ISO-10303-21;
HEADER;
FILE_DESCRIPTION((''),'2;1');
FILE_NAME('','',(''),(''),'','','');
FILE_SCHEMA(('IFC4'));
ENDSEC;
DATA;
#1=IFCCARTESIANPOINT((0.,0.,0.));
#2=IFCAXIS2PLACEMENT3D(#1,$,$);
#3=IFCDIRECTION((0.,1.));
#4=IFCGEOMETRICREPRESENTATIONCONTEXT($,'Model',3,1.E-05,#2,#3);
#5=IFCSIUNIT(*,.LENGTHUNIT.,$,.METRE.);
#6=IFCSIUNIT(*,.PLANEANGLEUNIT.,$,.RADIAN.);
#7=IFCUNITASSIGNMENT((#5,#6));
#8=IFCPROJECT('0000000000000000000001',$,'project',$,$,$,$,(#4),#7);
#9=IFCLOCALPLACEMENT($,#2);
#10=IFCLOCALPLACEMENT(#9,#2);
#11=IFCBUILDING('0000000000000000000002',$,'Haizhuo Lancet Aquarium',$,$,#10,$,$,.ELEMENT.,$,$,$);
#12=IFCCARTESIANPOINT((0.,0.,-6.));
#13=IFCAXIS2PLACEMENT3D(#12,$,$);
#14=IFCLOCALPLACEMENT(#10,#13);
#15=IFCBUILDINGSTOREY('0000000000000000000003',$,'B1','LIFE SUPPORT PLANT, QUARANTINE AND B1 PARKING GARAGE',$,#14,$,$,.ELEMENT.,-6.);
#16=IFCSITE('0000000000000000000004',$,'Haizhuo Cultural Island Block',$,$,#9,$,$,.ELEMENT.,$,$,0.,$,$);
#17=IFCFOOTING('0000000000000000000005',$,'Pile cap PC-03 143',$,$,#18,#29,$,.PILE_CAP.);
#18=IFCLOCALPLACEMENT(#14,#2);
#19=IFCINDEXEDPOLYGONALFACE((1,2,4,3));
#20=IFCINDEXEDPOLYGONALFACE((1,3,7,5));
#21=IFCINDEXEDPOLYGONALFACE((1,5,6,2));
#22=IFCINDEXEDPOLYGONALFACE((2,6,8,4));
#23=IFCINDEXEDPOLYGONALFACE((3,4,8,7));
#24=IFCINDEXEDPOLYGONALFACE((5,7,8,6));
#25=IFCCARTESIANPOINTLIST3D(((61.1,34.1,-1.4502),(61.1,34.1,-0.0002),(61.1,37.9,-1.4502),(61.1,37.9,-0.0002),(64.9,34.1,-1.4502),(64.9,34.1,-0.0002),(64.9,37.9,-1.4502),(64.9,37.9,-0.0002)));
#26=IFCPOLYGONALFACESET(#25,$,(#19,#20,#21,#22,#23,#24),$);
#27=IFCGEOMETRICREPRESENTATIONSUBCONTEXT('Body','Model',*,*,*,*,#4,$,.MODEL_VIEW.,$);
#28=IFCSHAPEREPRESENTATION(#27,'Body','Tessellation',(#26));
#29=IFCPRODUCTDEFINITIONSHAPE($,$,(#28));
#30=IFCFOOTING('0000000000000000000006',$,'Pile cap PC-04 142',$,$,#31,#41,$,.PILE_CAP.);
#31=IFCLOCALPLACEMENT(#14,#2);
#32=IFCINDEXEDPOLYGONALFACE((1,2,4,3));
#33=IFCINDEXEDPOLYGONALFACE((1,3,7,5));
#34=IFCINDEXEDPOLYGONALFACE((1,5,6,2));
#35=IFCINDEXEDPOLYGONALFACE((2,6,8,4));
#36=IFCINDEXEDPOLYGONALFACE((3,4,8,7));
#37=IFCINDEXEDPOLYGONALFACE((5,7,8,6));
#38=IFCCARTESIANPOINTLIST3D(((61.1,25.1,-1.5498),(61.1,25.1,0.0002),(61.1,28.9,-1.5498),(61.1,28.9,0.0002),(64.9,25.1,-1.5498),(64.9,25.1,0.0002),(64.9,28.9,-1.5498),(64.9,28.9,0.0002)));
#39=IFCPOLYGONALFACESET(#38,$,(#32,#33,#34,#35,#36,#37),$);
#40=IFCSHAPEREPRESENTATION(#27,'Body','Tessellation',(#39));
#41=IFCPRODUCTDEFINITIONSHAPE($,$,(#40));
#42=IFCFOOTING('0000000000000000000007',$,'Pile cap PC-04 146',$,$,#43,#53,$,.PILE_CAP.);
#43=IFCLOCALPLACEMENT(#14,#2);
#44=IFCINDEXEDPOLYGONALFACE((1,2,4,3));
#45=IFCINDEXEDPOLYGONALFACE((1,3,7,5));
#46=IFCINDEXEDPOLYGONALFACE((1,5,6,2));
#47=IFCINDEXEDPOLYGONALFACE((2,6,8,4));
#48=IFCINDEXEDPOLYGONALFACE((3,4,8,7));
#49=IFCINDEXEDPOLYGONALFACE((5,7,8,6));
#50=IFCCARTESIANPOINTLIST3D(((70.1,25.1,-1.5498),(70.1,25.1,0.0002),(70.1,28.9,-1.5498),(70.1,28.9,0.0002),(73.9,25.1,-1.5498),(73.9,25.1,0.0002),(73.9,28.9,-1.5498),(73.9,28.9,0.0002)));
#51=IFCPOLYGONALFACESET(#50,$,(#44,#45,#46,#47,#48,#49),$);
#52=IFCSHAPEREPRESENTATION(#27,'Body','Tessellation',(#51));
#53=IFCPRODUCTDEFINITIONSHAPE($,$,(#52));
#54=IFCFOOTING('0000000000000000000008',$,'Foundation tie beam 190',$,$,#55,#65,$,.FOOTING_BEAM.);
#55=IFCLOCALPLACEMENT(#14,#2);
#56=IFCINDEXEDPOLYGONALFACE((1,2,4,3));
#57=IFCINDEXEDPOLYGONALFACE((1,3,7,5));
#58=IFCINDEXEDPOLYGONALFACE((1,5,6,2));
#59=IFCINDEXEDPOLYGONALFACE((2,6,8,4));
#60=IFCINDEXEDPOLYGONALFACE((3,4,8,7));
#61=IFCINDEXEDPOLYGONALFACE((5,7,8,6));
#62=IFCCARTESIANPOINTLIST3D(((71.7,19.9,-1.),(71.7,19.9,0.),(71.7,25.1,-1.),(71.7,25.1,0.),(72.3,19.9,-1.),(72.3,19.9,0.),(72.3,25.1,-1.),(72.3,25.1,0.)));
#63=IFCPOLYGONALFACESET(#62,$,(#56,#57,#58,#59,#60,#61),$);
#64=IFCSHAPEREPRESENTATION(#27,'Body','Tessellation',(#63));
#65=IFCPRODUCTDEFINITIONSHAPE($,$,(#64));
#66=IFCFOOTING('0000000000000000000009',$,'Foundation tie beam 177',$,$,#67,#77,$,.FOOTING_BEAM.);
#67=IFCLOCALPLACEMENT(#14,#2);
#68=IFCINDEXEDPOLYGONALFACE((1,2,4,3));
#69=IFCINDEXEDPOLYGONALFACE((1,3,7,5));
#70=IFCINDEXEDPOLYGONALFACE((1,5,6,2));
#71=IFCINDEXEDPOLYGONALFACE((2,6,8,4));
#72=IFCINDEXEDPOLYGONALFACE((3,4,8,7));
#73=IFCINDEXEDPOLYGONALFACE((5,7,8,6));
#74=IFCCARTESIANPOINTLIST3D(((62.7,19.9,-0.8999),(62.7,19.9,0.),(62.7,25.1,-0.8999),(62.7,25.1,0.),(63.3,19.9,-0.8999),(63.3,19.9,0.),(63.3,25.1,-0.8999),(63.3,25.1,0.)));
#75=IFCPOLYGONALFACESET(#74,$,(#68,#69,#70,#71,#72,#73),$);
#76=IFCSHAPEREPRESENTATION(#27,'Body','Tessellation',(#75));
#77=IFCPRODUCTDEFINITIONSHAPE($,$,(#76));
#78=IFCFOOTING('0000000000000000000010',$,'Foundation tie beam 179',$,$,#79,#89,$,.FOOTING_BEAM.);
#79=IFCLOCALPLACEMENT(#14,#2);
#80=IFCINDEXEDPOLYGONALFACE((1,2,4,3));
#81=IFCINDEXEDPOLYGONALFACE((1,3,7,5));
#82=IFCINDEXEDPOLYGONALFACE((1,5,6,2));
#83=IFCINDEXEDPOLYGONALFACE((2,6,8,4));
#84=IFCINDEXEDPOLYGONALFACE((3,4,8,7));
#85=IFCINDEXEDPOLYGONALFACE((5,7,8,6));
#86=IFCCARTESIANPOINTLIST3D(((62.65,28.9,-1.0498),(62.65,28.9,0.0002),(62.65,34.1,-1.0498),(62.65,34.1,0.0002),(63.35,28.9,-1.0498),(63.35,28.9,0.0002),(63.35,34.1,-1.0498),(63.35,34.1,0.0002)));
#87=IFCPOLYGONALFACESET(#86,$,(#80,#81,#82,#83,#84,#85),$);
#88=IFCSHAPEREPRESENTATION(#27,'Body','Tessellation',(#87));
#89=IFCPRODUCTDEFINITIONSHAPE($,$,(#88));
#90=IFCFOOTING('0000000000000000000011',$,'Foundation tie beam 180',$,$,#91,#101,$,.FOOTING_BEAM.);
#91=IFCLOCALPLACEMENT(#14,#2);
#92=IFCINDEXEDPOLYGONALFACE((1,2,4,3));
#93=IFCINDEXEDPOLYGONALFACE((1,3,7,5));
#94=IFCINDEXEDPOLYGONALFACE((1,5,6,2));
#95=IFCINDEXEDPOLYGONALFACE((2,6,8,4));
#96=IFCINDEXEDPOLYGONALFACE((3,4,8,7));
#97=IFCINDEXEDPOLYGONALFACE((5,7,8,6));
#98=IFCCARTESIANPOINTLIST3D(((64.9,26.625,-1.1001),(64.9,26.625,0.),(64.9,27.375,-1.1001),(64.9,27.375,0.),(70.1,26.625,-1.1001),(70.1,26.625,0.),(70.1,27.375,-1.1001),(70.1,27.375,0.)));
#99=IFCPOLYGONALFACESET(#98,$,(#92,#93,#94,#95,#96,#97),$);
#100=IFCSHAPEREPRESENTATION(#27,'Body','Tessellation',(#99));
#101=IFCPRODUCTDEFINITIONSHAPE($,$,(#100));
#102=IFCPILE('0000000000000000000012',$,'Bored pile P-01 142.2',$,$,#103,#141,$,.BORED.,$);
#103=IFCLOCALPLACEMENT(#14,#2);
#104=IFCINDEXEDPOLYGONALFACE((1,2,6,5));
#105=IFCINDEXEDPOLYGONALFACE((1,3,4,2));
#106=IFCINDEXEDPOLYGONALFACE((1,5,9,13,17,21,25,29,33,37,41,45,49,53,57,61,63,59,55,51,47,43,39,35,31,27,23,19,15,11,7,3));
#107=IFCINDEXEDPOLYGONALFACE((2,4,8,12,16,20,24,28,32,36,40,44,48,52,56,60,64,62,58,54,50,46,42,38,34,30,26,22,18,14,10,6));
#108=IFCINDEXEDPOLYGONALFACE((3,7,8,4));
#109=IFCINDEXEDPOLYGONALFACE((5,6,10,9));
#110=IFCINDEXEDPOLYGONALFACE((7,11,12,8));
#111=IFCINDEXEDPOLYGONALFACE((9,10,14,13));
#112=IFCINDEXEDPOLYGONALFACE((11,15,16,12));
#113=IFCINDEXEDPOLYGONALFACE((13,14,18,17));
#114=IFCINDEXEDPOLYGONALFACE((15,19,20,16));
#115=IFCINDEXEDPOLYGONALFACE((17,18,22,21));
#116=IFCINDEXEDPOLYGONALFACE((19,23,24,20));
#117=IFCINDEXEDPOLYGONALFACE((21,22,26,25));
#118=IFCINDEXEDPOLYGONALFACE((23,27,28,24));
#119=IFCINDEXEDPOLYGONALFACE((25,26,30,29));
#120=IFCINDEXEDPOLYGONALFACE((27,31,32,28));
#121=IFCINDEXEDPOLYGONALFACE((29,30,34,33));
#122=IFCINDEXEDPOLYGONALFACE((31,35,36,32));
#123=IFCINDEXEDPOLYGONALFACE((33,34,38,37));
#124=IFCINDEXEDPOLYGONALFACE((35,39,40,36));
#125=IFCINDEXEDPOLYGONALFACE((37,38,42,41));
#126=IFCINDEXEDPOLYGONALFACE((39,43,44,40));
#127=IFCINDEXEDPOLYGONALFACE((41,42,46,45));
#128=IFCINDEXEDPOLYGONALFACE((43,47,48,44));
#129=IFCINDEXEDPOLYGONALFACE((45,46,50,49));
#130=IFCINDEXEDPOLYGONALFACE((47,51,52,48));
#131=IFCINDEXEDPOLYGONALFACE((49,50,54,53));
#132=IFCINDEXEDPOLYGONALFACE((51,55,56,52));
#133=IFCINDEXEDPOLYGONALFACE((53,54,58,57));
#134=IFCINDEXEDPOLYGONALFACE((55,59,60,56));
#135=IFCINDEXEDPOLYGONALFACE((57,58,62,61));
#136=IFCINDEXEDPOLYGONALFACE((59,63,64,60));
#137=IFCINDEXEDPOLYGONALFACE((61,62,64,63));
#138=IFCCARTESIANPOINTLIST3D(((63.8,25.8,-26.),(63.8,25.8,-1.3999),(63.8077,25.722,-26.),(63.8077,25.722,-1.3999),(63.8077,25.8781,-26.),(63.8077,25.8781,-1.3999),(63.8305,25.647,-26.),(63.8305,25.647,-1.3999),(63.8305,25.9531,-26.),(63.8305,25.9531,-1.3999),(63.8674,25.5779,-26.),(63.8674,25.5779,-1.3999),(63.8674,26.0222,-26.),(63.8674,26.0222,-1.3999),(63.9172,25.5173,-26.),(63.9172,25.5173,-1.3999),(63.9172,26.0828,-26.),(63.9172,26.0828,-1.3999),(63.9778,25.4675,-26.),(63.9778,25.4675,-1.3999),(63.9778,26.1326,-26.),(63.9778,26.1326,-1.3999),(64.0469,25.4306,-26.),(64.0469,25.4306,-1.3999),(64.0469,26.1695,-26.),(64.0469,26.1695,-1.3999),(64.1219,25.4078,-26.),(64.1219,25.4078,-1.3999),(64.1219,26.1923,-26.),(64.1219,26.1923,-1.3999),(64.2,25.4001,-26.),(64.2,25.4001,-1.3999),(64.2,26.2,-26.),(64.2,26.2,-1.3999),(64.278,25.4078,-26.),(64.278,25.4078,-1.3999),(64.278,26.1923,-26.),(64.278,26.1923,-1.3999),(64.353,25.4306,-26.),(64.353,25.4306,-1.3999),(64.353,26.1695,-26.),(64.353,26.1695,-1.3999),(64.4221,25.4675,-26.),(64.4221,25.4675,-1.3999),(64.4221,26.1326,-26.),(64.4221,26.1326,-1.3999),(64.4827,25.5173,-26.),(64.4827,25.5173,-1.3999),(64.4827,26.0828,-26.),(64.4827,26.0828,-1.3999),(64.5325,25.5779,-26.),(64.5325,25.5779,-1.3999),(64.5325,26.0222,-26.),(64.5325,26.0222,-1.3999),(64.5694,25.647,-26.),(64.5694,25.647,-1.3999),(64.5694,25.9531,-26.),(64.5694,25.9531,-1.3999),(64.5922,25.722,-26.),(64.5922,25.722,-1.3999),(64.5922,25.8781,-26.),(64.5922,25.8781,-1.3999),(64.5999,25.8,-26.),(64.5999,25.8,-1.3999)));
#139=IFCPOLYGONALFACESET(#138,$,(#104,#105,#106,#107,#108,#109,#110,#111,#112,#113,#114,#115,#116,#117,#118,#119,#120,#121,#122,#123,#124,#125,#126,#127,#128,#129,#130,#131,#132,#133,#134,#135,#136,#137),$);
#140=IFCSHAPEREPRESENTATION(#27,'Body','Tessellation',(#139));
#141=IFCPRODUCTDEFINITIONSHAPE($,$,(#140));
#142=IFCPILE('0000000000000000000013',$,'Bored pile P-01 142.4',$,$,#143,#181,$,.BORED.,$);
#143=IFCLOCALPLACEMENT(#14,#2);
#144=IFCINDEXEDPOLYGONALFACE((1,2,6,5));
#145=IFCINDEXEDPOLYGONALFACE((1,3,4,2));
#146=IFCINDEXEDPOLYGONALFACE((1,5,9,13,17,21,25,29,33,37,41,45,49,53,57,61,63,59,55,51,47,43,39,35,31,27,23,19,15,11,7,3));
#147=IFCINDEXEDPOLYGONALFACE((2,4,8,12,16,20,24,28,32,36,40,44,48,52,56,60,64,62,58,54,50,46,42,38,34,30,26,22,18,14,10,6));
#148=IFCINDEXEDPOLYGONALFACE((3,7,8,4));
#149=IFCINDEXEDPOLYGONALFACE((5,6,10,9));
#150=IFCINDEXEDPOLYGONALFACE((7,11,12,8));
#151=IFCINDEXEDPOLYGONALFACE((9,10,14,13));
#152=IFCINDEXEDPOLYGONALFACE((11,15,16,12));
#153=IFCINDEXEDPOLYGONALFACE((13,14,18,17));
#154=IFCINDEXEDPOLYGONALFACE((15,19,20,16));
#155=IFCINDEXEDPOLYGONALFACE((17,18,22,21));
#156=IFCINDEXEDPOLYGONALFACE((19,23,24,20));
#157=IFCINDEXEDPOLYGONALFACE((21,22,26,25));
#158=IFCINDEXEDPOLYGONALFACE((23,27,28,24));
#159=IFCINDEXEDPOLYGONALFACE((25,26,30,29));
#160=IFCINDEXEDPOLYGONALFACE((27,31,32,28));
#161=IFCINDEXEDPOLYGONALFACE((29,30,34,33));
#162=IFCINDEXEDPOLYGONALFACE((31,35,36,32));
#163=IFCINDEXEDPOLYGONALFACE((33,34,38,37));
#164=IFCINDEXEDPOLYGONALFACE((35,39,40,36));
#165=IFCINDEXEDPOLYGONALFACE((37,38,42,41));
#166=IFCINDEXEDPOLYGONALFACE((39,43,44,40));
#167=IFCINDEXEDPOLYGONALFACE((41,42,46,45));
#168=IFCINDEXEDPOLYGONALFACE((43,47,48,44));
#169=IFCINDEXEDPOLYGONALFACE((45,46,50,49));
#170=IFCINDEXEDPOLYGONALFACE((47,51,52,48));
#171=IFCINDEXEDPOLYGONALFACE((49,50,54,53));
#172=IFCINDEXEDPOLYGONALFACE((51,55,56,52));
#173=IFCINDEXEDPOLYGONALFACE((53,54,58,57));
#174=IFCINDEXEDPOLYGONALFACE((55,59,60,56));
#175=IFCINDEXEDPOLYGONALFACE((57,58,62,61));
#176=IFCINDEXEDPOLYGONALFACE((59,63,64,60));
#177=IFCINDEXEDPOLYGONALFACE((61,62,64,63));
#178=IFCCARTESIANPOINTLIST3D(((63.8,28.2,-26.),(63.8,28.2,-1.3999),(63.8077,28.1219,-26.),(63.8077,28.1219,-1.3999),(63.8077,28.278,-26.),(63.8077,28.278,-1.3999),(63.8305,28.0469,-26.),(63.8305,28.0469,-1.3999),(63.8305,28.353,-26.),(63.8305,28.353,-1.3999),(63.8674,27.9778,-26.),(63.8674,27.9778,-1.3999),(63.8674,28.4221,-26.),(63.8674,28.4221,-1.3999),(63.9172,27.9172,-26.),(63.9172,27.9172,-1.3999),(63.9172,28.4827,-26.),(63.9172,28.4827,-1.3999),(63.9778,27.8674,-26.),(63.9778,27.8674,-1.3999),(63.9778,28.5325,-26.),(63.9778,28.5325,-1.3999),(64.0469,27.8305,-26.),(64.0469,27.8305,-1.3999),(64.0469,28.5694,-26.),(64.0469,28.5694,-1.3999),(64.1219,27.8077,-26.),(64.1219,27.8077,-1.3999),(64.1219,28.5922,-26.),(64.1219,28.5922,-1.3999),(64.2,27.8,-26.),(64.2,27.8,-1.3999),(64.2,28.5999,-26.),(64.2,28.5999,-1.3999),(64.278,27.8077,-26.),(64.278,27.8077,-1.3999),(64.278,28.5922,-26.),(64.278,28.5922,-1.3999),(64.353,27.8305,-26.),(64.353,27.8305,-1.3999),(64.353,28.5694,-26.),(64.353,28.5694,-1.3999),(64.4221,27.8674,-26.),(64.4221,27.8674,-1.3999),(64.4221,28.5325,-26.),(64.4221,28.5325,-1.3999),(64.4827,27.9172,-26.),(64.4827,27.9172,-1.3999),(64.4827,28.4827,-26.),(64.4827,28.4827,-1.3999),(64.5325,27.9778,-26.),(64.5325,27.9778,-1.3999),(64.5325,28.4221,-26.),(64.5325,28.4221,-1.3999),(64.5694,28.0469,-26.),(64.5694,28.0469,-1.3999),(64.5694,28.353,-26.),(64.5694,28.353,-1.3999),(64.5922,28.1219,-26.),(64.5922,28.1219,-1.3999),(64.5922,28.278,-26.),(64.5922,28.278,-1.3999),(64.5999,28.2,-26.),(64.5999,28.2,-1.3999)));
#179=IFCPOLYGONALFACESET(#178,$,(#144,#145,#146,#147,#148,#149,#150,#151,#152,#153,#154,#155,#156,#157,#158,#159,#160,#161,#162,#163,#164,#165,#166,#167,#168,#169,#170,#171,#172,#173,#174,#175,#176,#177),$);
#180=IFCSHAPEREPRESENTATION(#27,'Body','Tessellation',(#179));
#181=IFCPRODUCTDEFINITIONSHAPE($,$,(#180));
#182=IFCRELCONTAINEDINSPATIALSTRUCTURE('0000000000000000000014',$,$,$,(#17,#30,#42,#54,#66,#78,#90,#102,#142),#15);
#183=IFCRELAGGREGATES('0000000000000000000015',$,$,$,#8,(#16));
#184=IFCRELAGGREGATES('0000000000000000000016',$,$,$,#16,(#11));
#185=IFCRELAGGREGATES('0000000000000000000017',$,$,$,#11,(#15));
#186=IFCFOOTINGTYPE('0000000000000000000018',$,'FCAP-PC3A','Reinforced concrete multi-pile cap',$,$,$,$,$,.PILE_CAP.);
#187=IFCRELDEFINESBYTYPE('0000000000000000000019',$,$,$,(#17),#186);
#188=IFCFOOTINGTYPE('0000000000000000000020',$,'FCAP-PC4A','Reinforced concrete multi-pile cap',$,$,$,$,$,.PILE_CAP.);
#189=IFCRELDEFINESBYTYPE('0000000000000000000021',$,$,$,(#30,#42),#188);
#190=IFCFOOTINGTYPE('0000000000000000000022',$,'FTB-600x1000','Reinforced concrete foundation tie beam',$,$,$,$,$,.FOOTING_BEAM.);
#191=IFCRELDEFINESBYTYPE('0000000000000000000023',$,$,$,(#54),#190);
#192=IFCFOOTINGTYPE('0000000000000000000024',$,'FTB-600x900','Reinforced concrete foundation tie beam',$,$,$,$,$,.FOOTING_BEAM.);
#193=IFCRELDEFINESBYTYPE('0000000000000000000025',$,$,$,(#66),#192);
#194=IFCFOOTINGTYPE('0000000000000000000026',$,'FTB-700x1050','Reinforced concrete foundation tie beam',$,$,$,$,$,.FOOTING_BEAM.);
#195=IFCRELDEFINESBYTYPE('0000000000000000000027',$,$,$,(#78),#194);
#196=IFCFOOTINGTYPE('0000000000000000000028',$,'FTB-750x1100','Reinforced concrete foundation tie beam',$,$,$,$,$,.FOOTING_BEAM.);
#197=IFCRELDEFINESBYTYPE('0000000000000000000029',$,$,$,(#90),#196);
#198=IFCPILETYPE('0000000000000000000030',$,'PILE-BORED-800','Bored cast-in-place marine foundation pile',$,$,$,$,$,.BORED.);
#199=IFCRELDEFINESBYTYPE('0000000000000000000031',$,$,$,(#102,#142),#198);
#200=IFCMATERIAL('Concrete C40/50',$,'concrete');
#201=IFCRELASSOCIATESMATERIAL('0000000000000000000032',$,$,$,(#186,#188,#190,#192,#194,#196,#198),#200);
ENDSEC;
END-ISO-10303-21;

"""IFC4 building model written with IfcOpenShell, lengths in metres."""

from ifc_helpers import new_model, si_unit, direction, frame, origin, origin_2d, place, context, subcontext, project, spatial, rectangle, circle, extrude, material, material_profile, profile_set, type_object, element, save


model = new_model("IFC4")

# Units and contexts
model_context = context("Model", 3, precision=1e-05, world=origin(), true_north=direction((0.0, 1.0)))
body_context = subcontext(model_context, "Body", "Model", "MODEL_VIEW")
ifc_project = project(units=[si_unit("LENGTHUNIT", "METRE"), si_unit("PLANEANGLEUNIT", "RADIAN")], contexts=[model_context])

# Site, building, storey
site_placement = place(None, origin())
site = spatial("IfcSite", under=ifc_project, at=site_placement, Name="Haizhuo Cultural Island Block", CompositionType="ELEMENT", RefElevation=0.0)
building_placement = place(site_placement, origin())
building = spatial("IfcBuilding", under=site, at=building_placement, Name="Haizhuo Lancet Aquarium", CompositionType="ELEMENT")
storey_placement = place(building_placement, frame((0.0, 0.0, -6.0)))
storey = spatial("IfcBuildingStorey", under=building, at=storey_placement, Name="B1", Description="LIFE SUPPORT PLANT, QUARANTINE AND B1 PARKING GARAGE", CompositionType="ELEMENT", Elevation=-6.0)

# Footings
ifc_material_1 = material(Name="Concrete C40/50", Category="concrete")
footing_type_1 = type_object("IfcFootingType", Name="FCAP-PC3A", Description="Reinforced concrete multi-pile cap", PredefinedType="PILE_CAP", material=ifc_material_1)
footing_1_placement = place(storey_placement, frame((63.0, 36.0, -1.4502), z_axis=(0.0, 0.0, 1.0), x_axis=(1.0, 0.0, 0.0)))
element("IfcFooting", 1, at=footing_1_placement, inside=storey, type_object=footing_type_1, Name="Pile cap PC-03 143", PredefinedType="PILE_CAP", context=body_context, shape_type="SweptSolid", body=[
    extrude(rectangle(XDim=3.8, YDim=3.8, at=origin_2d()), origin(), (0.0, 0.0, 1.0), 1.45),
])
footing_type_2 = type_object("IfcFootingType", Name="FCAP-PC4A", Description="Reinforced concrete multi-pile cap", PredefinedType="PILE_CAP", material=ifc_material_1)
for number, where, z_axis, x_axis, name in (
    (2, (63.0, 27.0, -1.5498), (0.0, 0.0, 1.0), (1.0, 0.0, 0.0), "Pile cap PC-04 142"),
    (3, (72.0, 27.0, -1.5498), (0.0, 0.0, 1.0), (1.0, 0.0, 0.0), "Pile cap PC-04 146"),
):
    element("IfcFooting", number, at=place(storey_placement, frame(where, z_axis=z_axis, x_axis=x_axis)), inside=storey, type_object=footing_type_2, Name=name, PredefinedType="PILE_CAP", context=body_context, shape_type="SweptSolid", body=[
        extrude(rectangle(XDim=3.8, YDim=3.8, at=origin_2d()), origin(), (0.0, 0.0, 1.0), 1.55),
    ])
footing_type_3 = type_object("IfcFootingType", Name="FTB-600x1000", Description="Reinforced concrete foundation tie beam", PredefinedType="FOOTING_BEAM", material=ifc_material_1)
footing_2_placement = place(storey_placement, frame((72.0, 22.5, -1.0), z_axis=(0.0, 0.0, 1.0), x_axis=(0.0, 1.0, 0.0)))
element("IfcFooting", 4, at=footing_2_placement, inside=storey, type_object=footing_type_3, Name="Foundation tie beam 190", PredefinedType="FOOTING_BEAM", context=body_context, shape_type="SweptSolid", body=[
    extrude(rectangle(XDim=5.2, YDim=0.6001, at=origin_2d()), origin(), (0.0, 0.0, 1.0), 1.0),
])
footing_type_4 = type_object("IfcFootingType", Name="FTB-600x900", Description="Reinforced concrete foundation tie beam", PredefinedType="FOOTING_BEAM", material=ifc_material_1)
footing_3_placement = place(storey_placement, frame((63.0, 22.5, -0.8999), z_axis=(0.0, 0.0, 1.0), x_axis=(0.0, 1.0, 0.0)))
element("IfcFooting", 5, at=footing_3_placement, inside=storey, type_object=footing_type_4, Name="Foundation tie beam 177", PredefinedType="FOOTING_BEAM", context=body_context, shape_type="SweptSolid", body=[
    extrude(rectangle(XDim=5.2, YDim=0.6001, at=origin_2d()), origin(), (0.0, 0.0, 1.0), 0.8999),
])
footing_type_5 = type_object("IfcFootingType", Name="FTB-700x1050", Description="Reinforced concrete foundation tie beam", PredefinedType="FOOTING_BEAM", material=ifc_material_1)
footing_4_placement = place(storey_placement, frame((63.0, 31.5, -1.0498), z_axis=(0.0, 0.0, 1.0), x_axis=(0.0, 1.0, 0.0)))
element("IfcFooting", 6, at=footing_4_placement, inside=storey, type_object=footing_type_5, Name="Foundation tie beam 179", PredefinedType="FOOTING_BEAM", context=body_context, shape_type="SweptSolid", body=[
    extrude(rectangle(XDim=5.2, YDim=0.7, at=origin_2d()), origin(), (0.0, 0.0, 1.0), 1.05),
])
footing_type_6 = type_object("IfcFootingType", Name="FTB-750x1100", Description="Reinforced concrete foundation tie beam", PredefinedType="FOOTING_BEAM", material=ifc_material_1)
footing_5_placement = place(storey_placement, frame((67.5, 27.0, -1.1001), z_axis=(0.0, 0.0, 1.0), x_axis=(1.0, 0.0, 0.0)))
element("IfcFooting", 7, at=footing_5_placement, inside=storey, type_object=footing_type_6, Name="Foundation tie beam 180", PredefinedType="FOOTING_BEAM", context=body_context, shape_type="SweptSolid", body=[
    extrude(rectangle(XDim=5.2, YDim=0.75, at=origin_2d()), origin(), (0.0, 0.0, 1.0), 1.1001),
])

# Piles
ifc_material_profile_1 = material_profile(ifc_material_1, circle(Radius=0.3999, at=origin_2d()), Name="PILE-800")
ifc_profile_set_1 = profile_set([ifc_material_profile_1], Name="Concrete C40/50")
pile_type = type_object("IfcPileType", Name="PILE-BORED-800", Description="Bored cast-in-place marine foundation pile", PredefinedType="BORED", material=ifc_profile_set_1)
for number, where, z_axis, x_axis, name in (
    (8, (64.2, 25.8, -1.3999), (0.0, 0.0, -1.0), (1.0, 0.0, 0.0), "Bored pile P-01 142.2"),
    (9, (64.2, 28.2, -1.3999), (0.0, 0.0, -1.0), (1.0, 0.0, 0.0), "Bored pile P-01 142.4"),
):
    element("IfcPile", number, at=place(storey_placement, frame(where, z_axis=z_axis, x_axis=x_axis)), inside=storey, type_object=pile_type, Name=name, PredefinedType="BORED", context=body_context, shape_type="SweptSolid", body=[
        extrude(circle(Radius=0.3999, at=origin_2d()), origin(), (0.0, 0.0, 1.0), 24.6001),
    ])

save(model, "model.ifc")
